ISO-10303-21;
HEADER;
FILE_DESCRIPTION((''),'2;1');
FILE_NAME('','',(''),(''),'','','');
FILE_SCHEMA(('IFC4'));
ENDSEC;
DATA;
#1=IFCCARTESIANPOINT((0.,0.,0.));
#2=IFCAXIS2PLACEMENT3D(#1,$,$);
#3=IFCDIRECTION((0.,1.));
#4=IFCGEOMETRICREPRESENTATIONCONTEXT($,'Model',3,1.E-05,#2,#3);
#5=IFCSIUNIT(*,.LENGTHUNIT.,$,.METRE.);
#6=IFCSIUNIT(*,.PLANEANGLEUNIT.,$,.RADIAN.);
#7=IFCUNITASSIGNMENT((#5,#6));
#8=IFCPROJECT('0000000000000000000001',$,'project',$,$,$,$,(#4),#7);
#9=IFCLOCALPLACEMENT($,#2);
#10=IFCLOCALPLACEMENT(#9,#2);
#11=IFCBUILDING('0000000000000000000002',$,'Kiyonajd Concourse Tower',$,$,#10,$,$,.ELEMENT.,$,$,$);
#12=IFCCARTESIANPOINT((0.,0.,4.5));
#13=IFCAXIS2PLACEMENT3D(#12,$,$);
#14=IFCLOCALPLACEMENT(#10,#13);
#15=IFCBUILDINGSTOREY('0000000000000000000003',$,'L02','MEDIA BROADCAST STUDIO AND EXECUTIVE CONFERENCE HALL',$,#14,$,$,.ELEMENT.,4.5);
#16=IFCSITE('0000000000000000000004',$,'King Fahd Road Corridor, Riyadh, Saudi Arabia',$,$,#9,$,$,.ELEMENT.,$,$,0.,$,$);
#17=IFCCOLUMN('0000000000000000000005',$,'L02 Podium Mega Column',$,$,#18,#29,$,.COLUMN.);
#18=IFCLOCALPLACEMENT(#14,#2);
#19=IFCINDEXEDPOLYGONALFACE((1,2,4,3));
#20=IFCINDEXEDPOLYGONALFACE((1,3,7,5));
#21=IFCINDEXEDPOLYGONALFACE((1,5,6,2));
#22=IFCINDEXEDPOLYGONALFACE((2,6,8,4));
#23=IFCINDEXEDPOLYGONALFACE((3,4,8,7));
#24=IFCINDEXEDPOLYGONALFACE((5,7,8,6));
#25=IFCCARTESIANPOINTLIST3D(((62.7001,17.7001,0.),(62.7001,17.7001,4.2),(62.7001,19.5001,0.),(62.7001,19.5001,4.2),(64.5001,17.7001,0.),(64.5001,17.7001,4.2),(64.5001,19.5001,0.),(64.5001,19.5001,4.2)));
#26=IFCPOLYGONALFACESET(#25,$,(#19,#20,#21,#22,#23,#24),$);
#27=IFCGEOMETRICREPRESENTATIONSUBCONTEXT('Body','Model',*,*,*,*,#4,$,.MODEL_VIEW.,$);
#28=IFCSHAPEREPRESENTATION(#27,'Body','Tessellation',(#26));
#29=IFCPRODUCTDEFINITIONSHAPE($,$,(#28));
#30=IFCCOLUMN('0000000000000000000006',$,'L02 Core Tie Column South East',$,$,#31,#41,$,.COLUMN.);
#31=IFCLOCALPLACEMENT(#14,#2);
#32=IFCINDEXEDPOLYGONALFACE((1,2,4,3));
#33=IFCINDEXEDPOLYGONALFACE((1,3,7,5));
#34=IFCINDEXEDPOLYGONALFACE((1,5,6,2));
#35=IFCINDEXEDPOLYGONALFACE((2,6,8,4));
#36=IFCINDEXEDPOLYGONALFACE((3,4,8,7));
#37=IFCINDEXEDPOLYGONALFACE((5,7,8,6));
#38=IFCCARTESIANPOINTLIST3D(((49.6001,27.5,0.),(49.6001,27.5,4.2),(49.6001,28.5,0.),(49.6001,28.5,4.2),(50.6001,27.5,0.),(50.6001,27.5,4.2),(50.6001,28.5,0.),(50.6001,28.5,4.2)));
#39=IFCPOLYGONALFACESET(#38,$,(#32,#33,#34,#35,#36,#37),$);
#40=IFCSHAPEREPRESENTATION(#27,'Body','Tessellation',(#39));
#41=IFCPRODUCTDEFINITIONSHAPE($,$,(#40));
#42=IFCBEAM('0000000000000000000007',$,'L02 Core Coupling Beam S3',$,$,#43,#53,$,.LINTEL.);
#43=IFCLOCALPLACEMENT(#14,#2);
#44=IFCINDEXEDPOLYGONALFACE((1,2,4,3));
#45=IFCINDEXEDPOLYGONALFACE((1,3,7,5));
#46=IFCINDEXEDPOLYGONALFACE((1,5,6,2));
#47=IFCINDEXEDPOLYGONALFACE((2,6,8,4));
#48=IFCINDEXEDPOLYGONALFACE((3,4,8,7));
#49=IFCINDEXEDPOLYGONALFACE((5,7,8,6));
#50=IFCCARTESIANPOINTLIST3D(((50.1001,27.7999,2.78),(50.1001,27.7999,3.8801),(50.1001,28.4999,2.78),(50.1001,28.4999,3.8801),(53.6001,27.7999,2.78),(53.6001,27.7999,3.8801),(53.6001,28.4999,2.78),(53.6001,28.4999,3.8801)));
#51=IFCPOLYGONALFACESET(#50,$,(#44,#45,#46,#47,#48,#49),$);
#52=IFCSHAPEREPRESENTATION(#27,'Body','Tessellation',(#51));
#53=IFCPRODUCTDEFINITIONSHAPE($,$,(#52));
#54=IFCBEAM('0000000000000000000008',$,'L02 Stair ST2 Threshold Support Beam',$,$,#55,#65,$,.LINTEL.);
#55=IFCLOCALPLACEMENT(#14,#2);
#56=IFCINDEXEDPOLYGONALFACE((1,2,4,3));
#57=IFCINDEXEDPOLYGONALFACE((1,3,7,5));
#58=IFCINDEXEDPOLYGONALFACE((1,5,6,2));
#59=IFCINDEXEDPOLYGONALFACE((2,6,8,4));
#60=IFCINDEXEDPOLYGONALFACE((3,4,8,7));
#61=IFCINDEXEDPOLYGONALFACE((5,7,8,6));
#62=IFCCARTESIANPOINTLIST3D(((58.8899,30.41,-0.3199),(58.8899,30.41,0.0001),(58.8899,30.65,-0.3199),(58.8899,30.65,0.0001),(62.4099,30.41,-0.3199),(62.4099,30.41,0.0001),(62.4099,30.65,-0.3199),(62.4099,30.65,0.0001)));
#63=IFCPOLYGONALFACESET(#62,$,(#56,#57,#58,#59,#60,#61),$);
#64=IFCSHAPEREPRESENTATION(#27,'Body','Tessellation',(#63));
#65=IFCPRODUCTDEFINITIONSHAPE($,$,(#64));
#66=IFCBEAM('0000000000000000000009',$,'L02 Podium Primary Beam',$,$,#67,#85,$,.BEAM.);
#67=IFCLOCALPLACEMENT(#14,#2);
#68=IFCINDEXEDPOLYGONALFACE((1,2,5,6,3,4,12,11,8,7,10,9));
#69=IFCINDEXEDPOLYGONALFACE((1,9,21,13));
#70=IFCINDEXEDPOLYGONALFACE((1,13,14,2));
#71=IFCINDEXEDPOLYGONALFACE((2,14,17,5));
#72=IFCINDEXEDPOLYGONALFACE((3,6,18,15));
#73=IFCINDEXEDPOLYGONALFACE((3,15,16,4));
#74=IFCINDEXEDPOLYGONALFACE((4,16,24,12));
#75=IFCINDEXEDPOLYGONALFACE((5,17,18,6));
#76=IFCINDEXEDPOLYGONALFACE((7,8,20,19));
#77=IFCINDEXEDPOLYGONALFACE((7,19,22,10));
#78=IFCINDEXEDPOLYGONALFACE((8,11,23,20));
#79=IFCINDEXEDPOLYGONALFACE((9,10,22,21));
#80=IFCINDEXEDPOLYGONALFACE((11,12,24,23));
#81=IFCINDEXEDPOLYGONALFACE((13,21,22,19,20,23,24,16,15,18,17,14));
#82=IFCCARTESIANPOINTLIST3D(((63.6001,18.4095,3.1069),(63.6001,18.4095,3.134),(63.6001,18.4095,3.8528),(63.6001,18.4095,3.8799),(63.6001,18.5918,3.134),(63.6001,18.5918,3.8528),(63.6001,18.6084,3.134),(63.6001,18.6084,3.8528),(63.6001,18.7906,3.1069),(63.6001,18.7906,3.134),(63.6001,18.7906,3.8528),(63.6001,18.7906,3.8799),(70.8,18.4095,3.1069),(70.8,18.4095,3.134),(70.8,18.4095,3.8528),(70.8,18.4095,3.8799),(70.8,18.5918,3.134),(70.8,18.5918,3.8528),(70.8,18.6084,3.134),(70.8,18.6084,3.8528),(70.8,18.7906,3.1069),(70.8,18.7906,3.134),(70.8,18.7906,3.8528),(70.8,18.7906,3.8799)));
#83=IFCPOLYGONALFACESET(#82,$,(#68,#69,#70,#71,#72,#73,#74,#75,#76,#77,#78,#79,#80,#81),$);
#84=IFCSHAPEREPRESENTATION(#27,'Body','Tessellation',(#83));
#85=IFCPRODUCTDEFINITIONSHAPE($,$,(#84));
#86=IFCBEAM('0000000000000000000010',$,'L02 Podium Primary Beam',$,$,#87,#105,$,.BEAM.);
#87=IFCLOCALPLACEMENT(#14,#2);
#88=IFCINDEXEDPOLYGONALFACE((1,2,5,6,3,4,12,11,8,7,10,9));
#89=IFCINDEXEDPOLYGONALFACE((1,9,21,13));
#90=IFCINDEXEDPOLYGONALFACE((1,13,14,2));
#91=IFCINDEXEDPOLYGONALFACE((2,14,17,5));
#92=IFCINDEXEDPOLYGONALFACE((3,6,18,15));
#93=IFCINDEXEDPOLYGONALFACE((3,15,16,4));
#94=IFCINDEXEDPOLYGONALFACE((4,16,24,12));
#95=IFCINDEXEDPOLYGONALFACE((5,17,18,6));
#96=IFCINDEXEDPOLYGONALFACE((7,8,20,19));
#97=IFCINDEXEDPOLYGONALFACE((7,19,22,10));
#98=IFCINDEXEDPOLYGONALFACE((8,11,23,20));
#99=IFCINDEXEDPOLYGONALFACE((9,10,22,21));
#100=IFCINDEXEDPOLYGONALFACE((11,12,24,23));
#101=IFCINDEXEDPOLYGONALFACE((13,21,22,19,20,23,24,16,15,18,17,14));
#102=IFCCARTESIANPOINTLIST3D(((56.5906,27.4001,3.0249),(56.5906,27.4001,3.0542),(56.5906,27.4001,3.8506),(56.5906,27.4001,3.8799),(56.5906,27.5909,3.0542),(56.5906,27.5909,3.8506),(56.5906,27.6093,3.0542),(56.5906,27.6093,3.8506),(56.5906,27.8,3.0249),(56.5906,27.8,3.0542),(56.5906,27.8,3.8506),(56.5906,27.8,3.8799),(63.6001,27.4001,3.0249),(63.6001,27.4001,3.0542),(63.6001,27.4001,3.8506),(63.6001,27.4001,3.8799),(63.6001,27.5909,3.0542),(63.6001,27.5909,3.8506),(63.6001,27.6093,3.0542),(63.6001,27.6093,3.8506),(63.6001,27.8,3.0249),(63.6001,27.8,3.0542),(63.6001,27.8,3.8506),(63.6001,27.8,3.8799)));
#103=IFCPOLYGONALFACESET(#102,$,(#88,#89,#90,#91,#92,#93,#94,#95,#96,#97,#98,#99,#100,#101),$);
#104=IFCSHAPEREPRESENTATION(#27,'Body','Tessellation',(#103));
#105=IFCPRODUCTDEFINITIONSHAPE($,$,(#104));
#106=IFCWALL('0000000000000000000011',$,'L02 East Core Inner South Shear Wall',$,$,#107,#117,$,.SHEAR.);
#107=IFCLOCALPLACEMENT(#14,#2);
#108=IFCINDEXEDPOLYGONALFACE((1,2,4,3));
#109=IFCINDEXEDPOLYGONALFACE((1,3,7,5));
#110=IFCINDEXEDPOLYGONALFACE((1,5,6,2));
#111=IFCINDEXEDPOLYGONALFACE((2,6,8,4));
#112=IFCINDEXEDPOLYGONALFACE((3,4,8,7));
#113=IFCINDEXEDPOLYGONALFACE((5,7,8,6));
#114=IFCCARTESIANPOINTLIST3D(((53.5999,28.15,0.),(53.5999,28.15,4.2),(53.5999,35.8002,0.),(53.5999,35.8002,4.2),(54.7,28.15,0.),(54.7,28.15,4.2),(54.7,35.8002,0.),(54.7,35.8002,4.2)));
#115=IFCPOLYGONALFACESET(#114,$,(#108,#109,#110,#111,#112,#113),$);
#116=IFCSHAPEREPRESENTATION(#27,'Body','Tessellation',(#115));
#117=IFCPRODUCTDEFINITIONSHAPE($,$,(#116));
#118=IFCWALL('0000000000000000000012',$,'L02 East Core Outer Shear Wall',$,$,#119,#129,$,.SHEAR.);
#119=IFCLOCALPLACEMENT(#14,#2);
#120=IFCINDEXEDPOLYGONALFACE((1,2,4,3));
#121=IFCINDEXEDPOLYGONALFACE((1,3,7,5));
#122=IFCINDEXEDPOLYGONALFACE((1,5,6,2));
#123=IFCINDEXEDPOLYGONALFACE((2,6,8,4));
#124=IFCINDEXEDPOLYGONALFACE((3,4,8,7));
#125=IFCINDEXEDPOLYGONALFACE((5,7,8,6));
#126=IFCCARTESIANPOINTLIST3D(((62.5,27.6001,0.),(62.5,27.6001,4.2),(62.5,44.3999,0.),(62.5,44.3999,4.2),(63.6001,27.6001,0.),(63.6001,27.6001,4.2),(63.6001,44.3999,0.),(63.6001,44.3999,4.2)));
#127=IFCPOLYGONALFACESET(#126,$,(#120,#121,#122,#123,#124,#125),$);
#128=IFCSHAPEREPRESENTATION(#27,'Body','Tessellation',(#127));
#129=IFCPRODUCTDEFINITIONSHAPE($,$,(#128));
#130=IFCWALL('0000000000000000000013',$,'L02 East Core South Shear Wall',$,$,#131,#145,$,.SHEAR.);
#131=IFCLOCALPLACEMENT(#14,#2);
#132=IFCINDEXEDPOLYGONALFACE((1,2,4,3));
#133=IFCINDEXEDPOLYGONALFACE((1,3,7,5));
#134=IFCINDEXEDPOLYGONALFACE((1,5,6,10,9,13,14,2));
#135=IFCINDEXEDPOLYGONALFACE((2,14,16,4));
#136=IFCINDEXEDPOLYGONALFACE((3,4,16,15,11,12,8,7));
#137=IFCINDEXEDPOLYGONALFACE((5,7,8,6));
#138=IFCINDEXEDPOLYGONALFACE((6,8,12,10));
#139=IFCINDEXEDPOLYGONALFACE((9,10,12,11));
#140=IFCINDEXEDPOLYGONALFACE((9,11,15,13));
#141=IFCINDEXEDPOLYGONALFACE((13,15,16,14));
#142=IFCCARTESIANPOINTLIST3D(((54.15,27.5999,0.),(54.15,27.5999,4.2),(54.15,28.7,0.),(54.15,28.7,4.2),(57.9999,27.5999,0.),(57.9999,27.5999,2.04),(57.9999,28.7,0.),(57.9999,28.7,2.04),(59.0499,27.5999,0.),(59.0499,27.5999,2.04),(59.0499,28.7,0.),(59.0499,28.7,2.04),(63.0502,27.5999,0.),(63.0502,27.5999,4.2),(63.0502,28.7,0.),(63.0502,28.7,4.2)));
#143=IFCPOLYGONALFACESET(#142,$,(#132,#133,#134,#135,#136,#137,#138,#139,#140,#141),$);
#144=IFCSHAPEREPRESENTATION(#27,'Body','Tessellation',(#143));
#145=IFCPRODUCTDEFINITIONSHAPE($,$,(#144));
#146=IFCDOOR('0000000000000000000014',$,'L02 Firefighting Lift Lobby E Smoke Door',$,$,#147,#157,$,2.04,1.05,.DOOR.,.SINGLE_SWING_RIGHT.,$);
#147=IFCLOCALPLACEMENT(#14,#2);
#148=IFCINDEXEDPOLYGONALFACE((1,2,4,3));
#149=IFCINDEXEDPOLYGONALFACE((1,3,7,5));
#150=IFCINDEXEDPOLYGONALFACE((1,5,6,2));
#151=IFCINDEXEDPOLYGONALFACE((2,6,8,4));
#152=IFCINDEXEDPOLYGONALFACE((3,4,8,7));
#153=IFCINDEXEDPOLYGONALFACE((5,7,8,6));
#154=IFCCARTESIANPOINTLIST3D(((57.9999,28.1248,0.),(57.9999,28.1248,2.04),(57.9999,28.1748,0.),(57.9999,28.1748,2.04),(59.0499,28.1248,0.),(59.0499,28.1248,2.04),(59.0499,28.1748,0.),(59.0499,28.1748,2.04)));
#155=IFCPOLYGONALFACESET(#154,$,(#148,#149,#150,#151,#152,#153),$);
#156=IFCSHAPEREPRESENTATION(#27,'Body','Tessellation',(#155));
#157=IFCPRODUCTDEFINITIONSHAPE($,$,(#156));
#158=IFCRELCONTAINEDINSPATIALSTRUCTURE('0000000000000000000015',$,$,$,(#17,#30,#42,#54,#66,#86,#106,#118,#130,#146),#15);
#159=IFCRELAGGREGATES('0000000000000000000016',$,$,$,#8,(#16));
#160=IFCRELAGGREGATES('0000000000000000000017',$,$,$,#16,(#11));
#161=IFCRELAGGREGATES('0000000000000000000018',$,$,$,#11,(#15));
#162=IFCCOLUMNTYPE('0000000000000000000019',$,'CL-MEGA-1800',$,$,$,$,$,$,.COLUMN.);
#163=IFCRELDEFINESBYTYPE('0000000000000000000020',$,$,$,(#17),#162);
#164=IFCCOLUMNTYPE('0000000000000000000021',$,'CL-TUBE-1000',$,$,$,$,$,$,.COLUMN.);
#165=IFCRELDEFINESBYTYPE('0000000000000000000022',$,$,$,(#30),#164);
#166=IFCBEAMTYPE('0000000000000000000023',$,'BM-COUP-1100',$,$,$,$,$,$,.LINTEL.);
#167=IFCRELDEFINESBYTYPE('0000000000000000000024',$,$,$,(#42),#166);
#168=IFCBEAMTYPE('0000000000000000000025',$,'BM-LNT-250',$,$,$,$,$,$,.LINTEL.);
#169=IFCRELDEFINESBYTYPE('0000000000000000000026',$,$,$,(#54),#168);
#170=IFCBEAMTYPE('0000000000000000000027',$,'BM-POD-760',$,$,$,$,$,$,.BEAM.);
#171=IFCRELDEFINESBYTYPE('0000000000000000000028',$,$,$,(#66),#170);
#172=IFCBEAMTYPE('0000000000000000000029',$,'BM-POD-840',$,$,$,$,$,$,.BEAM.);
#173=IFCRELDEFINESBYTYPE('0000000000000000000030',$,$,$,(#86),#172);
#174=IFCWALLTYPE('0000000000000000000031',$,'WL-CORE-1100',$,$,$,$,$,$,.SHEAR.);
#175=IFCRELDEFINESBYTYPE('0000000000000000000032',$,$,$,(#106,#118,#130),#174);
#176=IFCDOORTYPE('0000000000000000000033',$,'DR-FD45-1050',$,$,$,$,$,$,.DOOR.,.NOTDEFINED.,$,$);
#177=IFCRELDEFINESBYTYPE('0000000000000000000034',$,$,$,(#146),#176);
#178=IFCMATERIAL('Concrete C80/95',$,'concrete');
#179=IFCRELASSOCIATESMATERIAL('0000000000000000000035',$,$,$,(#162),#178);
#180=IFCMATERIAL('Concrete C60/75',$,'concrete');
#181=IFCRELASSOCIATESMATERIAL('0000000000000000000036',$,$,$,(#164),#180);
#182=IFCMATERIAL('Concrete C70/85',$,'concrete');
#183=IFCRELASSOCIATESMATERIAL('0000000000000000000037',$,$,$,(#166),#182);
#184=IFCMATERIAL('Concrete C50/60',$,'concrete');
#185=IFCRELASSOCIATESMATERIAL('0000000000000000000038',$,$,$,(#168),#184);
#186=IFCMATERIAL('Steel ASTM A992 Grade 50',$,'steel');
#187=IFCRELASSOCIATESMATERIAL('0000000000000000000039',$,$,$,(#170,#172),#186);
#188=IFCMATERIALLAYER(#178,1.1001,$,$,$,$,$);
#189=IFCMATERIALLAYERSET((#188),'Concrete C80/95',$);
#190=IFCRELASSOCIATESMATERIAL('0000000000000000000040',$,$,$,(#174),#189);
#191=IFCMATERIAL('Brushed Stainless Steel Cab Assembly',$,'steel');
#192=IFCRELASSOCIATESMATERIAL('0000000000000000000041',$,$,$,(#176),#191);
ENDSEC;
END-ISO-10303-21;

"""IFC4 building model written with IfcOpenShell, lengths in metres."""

from ifc_helpers import new_model, si_unit, direction, frame, frame_2d, origin, origin_2d, place, context, subcontext, project, spatial, rectangle, i_section, extrude, material, layer, layer_set, material_profile, profile_set, type_object, element, fill, save


model = new_model("IFC4")

# Units and contexts
model_context = context("Model", 3, precision=1e-05, world=origin(), true_north=direction((0.0, 1.0)))
body_context = subcontext(model_context, "Body", "Model", "MODEL_VIEW")
ifc_project = project(units=[si_unit("LENGTHUNIT", "METRE"), si_unit("PLANEANGLEUNIT", "RADIAN")], contexts=[model_context])

# Site, building, storey
site_placement = place(None, origin())
site = spatial("IfcSite", under=ifc_project, at=site_placement, Name="King Fahd Road Corridor, Riyadh, Saudi Arabia", CompositionType="ELEMENT", RefElevation=0.0)
building_placement = place(site_placement, origin())
building = spatial("IfcBuilding", under=site, at=building_placement, Name="Kiyonajd Concourse Tower", CompositionType="ELEMENT")
storey_placement = place(building_placement, frame((0.0, 0.0, 4.5)))
storey = spatial("IfcBuildingStorey", under=building, at=storey_placement, Name="L02", Description="MEDIA BROADCAST STUDIO AND EXECUTIVE CONFERENCE HALL", CompositionType="ELEMENT", Elevation=4.5)

# Columns
ifc_material_1 = material(Name="Concrete C80/95", Category="concrete")
ifc_material_profile_1 = material_profile(ifc_material_1, rectangle(XDim=1.8, YDim=1.8, at=origin_2d()), Name="RC-1800x1800")
ifc_profile_set_1 = profile_set([ifc_material_profile_1], Name="Concrete C80/95")
column_type_1 = type_object("IfcColumnType", Name="CL-MEGA-1800", PredefinedType="COLUMN", material=ifc_profile_set_1)
column_1_placement = place(storey_placement, frame((63.6001, 18.6001, 0.0), z_axis=(0.0, 0.0, 1.0), x_axis=(1.0, 0.0, 0.0)))
element("IfcColumn", 1, at=column_1_placement, inside=storey, type_object=column_type_1, Name="L02 Podium Mega Column", PredefinedType="COLUMN", context=body_context, shape_type="SweptSolid", body=[
    extrude(rectangle(XDim=1.8, YDim=1.8, at=origin_2d()), origin(), (0.0, 0.0, 1.0), 4.2),
])
ifc_material_2 = material(Name="Concrete C60/75", Category="concrete")
ifc_material_profile_2 = material_profile(ifc_material_2, rectangle(XDim=1.0, YDim=1.0, at=origin_2d()), Name="RC-1000x1000")
ifc_profile_set_2 = profile_set([ifc_material_profile_2], Name="Concrete C60/75")
column_type_2 = type_object("IfcColumnType", Name="CL-TUBE-1000", PredefinedType="COLUMN", material=ifc_profile_set_2)
column_2_placement = place(storey_placement, frame((50.1001, 28.0, 0.0), z_axis=(0.0, 0.0, 1.0), x_axis=(1.0, 0.0, 0.0)))
element("IfcColumn", 2, at=column_2_placement, inside=storey, type_object=column_type_2, Name="L02 Core Tie Column South East", PredefinedType="COLUMN", context=body_context, shape_type="SweptSolid", body=[
    extrude(rectangle(XDim=1.0, YDim=1.0, at=origin_2d()), origin(), (0.0, 0.0, 1.0), 4.2),
])

# Beams
ifc_material_3 = material(Name="Concrete C70/85", Category="concrete")
ifc_material_profile_3 = material_profile(ifc_material_3, rectangle(XDim=0.7, YDim=1.1001, at=origin_2d()), Name="RCBM-700x1100")
ifc_profile_set_3 = profile_set([ifc_material_profile_3], Name="Concrete C70/85")
beam_type_1 = type_object("IfcBeamType", Name="BM-COUP-1100", PredefinedType="LINTEL", material=ifc_profile_set_3)
beam_1_placement = place(storey_placement, frame((50.1001, 28.1499, 3.3301), z_axis=(1.0, 0.0, 0.0), x_axis=(0.0, 1.0, 0.0)))
element("IfcBeam", 3, at=beam_1_placement, inside=storey, type_object=beam_type_1, Name="L02 Core Coupling Beam S3", PredefinedType="LINTEL", context=body_context, shape_type="SweptSolid", body=[
    extrude(rectangle(XDim=0.7, YDim=1.1001, at=origin_2d()), origin(), (0.0, 0.0, 1.0), 3.5),
])
ifc_material_4 = material(Name="Concrete C50/60", Category="concrete")
ifc_material_profile_4 = material_profile(ifc_material_4, rectangle(XDim=0.24, YDim=0.3201, at=origin_2d()), Name="RCBM-240x320")
ifc_profile_set_4 = profile_set([ifc_material_profile_4], Name="Concrete C50/60")
beam_type_2 = type_object("IfcBeamType", Name="BM-LNT-250", PredefinedType="LINTEL", material=ifc_profile_set_4)
beam_2_placement = place(storey_placement, frame((58.8899, 30.53, -0.1599), z_axis=(1.0, 0.0, 0.0), x_axis=(0.0, 1.0, 0.0)))
element("IfcBeam", 4, at=beam_2_placement, inside=storey, type_object=beam_type_2, Name="L02 Stair ST2 Threshold Support Beam", PredefinedType="LINTEL", context=body_context, shape_type="SweptSolid", body=[
    extrude(rectangle(XDim=0.24, YDim=0.3201, at=origin_2d()), origin(), (0.0, 0.0, 1.0), 3.52),
])
ifc_material_5 = material(Name="Steel ASTM A992 Grade 50", Category="steel")
ifc_material_profile_5 = material_profile(ifc_material_5, i_section(OverallWidth=0.3811, OverallDepth=0.7729, WebThickness=0.0166, FlangeThickness=0.0271, at=origin_2d()), Name="W760X257")
ifc_profile_set_5 = profile_set([ifc_material_profile_5], Name="Steel ASTM A992 Grade 50")
beam_type_3 = type_object("IfcBeamType", Name="BM-POD-760", PredefinedType="BEAM", material=ifc_profile_set_5)
beam_3_placement = place(storey_placement, frame((63.6001, 18.6001, 3.4934), z_axis=(1.0, 0.0, 0.0), x_axis=(0.0, 1.0, 0.0)))
element("IfcBeam", 5, at=beam_3_placement, inside=storey, type_object=beam_type_3, Name="L02 Podium Primary Beam", PredefinedType="BEAM", context=body_context, shape_type="SweptSolid", body=[
    extrude(i_section(OverallWidth=0.3811, OverallDepth=0.7729, WebThickness=0.0166, FlangeThickness=0.0271, at=origin_2d()), origin(), (0.0, 0.0, 1.0), 7.2),
])
ifc_material_profile_6 = material_profile(ifc_material_5, i_section(OverallWidth=0.3999, OverallDepth=0.855, WebThickness=0.0183, FlangeThickness=0.0293, at=origin_2d()), Name="W840X299")
ifc_profile_set_6 = profile_set([ifc_material_profile_6], Name="Steel ASTM A992 Grade 50")
beam_type_4 = type_object("IfcBeamType", Name="BM-POD-840", PredefinedType="BEAM", material=ifc_profile_set_6)
beam_4_placement = place(storey_placement, frame((56.5906, 27.6001, 3.4524), z_axis=(1.0, 0.0, 0.0), x_axis=(0.0, 1.0, 0.0)))
element("IfcBeam", 6, at=beam_4_placement, inside=storey, type_object=beam_type_4, Name="L02 Podium Primary Beam", PredefinedType="BEAM", context=body_context, shape_type="SweptSolid", body=[
    extrude(i_section(OverallWidth=0.3999, OverallDepth=0.855, WebThickness=0.0183, FlangeThickness=0.0293, at=origin_2d()), origin(), (0.0, 0.0, 1.0), 7.0095),
])

# Walls
ifc_layer_1 = layer(ifc_material_1, 1.1001)
ifc_layer_set_1 = layer_set([ifc_layer_1], Name="Concrete C80/95")
wall_type_1 = type_object("IfcWallType", Name="WL-CORE-1100", PredefinedType="SHEAR", material=ifc_layer_set_1)
wall_1_placement = place(storey_placement, frame((54.1499, 28.1499, 0.0), z_axis=(0.0, 0.0, 1.0), x_axis=(0.0, 1.0, 0.0)))
element("IfcWall", 7, at=wall_1_placement, inside=storey, type_object=wall_type_1, Name="L02 East Core Inner South Shear Wall", PredefinedType="SHEAR", context=body_context, shape_type="SweptSolid", body=[
    extrude(rectangle(XDim=7.6501, YDim=1.1001, at=frame_2d((3.8252, 0.0))), origin(), (0.0, 0.0, 1.0), 4.2),
])
wall_2_placement = place(storey_placement, frame((63.05, 27.6001, 0.0), z_axis=(0.0, 0.0, 1.0), x_axis=(0.0, 1.0, 0.0)))
element("IfcWall", 8, at=wall_2_placement, inside=storey, type_object=wall_type_1, Name="L02 East Core Outer Shear Wall", PredefinedType="SHEAR", context=body_context, shape_type="SweptSolid", body=[
    extrude(rectangle(XDim=16.7998, YDim=1.1001, at=frame_2d((8.3999, 0.0))), origin(), (0.0, 0.0, 1.0), 4.2),
])

# Wall, opening, door
wall_3_placement = place(storey_placement, frame((54.1499, 28.1499, 0.0), z_axis=(0.0, 0.0, 1.0), x_axis=(1.0, 0.0, 0.0)))
wall_3 = element("IfcWall", 9, at=wall_3_placement, inside=storey, type_object=wall_type_1, Name="L02 East Core South Shear Wall", PredefinedType="SHEAR", context=body_context, shape_type="SweptSolid", body=[
    extrude(rectangle(XDim=8.9001, YDim=1.1001, at=frame_2d((4.4502, 0.0))), origin(), (0.0, 0.0, 1.0), 4.2),
])
opening_1_placement = place(wall_3_placement, frame((3.8501, 0.0, 0.0)))
opening_1 = element("IfcOpeningElement", 10, at=opening_1_placement, cuts=wall_3, PredefinedType="OPENING", context=body_context, shape_type="SweptSolid", body=[
    extrude(rectangle(XDim=1.05, YDim=2.04, at=frame_2d((0.5249, 1.02))), frame((0.0, 0.5601, 0.0), z_axis=(0.0, -1.0, 0.0), x_axis=(1.0, 0.0, 0.0)), (0.0, 0.0, 1.0), 1.1201),
])
ifc_material_6 = material(Name="Brushed Stainless Steel Cab Assembly", Category="steel")
door_type_1 = type_object("IfcDoorType", Name="DR-FD45-1050", OperationType="NOTDEFINED", PredefinedType="DOOR", material=ifc_material_6)
door_1_placement = place(opening_1_placement, origin())
door_1 = element("IfcDoor", 11, at=door_1_placement, inside=storey, type_object=door_type_1, Name="L02 Firefighting Lift Lobby E Smoke Door", OperationType="SINGLE_SWING_RIGHT", OverallHeight=2.04, OverallWidth=1.05, PredefinedType="DOOR", context=body_context, shape_type="SweptSolid", body=[
    extrude(rectangle(XDim=1.05, YDim=2.04, at=frame_2d((0.5249, 1.02))), frame((0.0, 0.0249, 0.0), z_axis=(0.0, -1.0, 0.0), x_axis=(1.0, 0.0, 0.0)), (0.0, 0.0, 1.0), 0.05),
])
fill(opening_1, door_1)

save(model, "model.ifc")
